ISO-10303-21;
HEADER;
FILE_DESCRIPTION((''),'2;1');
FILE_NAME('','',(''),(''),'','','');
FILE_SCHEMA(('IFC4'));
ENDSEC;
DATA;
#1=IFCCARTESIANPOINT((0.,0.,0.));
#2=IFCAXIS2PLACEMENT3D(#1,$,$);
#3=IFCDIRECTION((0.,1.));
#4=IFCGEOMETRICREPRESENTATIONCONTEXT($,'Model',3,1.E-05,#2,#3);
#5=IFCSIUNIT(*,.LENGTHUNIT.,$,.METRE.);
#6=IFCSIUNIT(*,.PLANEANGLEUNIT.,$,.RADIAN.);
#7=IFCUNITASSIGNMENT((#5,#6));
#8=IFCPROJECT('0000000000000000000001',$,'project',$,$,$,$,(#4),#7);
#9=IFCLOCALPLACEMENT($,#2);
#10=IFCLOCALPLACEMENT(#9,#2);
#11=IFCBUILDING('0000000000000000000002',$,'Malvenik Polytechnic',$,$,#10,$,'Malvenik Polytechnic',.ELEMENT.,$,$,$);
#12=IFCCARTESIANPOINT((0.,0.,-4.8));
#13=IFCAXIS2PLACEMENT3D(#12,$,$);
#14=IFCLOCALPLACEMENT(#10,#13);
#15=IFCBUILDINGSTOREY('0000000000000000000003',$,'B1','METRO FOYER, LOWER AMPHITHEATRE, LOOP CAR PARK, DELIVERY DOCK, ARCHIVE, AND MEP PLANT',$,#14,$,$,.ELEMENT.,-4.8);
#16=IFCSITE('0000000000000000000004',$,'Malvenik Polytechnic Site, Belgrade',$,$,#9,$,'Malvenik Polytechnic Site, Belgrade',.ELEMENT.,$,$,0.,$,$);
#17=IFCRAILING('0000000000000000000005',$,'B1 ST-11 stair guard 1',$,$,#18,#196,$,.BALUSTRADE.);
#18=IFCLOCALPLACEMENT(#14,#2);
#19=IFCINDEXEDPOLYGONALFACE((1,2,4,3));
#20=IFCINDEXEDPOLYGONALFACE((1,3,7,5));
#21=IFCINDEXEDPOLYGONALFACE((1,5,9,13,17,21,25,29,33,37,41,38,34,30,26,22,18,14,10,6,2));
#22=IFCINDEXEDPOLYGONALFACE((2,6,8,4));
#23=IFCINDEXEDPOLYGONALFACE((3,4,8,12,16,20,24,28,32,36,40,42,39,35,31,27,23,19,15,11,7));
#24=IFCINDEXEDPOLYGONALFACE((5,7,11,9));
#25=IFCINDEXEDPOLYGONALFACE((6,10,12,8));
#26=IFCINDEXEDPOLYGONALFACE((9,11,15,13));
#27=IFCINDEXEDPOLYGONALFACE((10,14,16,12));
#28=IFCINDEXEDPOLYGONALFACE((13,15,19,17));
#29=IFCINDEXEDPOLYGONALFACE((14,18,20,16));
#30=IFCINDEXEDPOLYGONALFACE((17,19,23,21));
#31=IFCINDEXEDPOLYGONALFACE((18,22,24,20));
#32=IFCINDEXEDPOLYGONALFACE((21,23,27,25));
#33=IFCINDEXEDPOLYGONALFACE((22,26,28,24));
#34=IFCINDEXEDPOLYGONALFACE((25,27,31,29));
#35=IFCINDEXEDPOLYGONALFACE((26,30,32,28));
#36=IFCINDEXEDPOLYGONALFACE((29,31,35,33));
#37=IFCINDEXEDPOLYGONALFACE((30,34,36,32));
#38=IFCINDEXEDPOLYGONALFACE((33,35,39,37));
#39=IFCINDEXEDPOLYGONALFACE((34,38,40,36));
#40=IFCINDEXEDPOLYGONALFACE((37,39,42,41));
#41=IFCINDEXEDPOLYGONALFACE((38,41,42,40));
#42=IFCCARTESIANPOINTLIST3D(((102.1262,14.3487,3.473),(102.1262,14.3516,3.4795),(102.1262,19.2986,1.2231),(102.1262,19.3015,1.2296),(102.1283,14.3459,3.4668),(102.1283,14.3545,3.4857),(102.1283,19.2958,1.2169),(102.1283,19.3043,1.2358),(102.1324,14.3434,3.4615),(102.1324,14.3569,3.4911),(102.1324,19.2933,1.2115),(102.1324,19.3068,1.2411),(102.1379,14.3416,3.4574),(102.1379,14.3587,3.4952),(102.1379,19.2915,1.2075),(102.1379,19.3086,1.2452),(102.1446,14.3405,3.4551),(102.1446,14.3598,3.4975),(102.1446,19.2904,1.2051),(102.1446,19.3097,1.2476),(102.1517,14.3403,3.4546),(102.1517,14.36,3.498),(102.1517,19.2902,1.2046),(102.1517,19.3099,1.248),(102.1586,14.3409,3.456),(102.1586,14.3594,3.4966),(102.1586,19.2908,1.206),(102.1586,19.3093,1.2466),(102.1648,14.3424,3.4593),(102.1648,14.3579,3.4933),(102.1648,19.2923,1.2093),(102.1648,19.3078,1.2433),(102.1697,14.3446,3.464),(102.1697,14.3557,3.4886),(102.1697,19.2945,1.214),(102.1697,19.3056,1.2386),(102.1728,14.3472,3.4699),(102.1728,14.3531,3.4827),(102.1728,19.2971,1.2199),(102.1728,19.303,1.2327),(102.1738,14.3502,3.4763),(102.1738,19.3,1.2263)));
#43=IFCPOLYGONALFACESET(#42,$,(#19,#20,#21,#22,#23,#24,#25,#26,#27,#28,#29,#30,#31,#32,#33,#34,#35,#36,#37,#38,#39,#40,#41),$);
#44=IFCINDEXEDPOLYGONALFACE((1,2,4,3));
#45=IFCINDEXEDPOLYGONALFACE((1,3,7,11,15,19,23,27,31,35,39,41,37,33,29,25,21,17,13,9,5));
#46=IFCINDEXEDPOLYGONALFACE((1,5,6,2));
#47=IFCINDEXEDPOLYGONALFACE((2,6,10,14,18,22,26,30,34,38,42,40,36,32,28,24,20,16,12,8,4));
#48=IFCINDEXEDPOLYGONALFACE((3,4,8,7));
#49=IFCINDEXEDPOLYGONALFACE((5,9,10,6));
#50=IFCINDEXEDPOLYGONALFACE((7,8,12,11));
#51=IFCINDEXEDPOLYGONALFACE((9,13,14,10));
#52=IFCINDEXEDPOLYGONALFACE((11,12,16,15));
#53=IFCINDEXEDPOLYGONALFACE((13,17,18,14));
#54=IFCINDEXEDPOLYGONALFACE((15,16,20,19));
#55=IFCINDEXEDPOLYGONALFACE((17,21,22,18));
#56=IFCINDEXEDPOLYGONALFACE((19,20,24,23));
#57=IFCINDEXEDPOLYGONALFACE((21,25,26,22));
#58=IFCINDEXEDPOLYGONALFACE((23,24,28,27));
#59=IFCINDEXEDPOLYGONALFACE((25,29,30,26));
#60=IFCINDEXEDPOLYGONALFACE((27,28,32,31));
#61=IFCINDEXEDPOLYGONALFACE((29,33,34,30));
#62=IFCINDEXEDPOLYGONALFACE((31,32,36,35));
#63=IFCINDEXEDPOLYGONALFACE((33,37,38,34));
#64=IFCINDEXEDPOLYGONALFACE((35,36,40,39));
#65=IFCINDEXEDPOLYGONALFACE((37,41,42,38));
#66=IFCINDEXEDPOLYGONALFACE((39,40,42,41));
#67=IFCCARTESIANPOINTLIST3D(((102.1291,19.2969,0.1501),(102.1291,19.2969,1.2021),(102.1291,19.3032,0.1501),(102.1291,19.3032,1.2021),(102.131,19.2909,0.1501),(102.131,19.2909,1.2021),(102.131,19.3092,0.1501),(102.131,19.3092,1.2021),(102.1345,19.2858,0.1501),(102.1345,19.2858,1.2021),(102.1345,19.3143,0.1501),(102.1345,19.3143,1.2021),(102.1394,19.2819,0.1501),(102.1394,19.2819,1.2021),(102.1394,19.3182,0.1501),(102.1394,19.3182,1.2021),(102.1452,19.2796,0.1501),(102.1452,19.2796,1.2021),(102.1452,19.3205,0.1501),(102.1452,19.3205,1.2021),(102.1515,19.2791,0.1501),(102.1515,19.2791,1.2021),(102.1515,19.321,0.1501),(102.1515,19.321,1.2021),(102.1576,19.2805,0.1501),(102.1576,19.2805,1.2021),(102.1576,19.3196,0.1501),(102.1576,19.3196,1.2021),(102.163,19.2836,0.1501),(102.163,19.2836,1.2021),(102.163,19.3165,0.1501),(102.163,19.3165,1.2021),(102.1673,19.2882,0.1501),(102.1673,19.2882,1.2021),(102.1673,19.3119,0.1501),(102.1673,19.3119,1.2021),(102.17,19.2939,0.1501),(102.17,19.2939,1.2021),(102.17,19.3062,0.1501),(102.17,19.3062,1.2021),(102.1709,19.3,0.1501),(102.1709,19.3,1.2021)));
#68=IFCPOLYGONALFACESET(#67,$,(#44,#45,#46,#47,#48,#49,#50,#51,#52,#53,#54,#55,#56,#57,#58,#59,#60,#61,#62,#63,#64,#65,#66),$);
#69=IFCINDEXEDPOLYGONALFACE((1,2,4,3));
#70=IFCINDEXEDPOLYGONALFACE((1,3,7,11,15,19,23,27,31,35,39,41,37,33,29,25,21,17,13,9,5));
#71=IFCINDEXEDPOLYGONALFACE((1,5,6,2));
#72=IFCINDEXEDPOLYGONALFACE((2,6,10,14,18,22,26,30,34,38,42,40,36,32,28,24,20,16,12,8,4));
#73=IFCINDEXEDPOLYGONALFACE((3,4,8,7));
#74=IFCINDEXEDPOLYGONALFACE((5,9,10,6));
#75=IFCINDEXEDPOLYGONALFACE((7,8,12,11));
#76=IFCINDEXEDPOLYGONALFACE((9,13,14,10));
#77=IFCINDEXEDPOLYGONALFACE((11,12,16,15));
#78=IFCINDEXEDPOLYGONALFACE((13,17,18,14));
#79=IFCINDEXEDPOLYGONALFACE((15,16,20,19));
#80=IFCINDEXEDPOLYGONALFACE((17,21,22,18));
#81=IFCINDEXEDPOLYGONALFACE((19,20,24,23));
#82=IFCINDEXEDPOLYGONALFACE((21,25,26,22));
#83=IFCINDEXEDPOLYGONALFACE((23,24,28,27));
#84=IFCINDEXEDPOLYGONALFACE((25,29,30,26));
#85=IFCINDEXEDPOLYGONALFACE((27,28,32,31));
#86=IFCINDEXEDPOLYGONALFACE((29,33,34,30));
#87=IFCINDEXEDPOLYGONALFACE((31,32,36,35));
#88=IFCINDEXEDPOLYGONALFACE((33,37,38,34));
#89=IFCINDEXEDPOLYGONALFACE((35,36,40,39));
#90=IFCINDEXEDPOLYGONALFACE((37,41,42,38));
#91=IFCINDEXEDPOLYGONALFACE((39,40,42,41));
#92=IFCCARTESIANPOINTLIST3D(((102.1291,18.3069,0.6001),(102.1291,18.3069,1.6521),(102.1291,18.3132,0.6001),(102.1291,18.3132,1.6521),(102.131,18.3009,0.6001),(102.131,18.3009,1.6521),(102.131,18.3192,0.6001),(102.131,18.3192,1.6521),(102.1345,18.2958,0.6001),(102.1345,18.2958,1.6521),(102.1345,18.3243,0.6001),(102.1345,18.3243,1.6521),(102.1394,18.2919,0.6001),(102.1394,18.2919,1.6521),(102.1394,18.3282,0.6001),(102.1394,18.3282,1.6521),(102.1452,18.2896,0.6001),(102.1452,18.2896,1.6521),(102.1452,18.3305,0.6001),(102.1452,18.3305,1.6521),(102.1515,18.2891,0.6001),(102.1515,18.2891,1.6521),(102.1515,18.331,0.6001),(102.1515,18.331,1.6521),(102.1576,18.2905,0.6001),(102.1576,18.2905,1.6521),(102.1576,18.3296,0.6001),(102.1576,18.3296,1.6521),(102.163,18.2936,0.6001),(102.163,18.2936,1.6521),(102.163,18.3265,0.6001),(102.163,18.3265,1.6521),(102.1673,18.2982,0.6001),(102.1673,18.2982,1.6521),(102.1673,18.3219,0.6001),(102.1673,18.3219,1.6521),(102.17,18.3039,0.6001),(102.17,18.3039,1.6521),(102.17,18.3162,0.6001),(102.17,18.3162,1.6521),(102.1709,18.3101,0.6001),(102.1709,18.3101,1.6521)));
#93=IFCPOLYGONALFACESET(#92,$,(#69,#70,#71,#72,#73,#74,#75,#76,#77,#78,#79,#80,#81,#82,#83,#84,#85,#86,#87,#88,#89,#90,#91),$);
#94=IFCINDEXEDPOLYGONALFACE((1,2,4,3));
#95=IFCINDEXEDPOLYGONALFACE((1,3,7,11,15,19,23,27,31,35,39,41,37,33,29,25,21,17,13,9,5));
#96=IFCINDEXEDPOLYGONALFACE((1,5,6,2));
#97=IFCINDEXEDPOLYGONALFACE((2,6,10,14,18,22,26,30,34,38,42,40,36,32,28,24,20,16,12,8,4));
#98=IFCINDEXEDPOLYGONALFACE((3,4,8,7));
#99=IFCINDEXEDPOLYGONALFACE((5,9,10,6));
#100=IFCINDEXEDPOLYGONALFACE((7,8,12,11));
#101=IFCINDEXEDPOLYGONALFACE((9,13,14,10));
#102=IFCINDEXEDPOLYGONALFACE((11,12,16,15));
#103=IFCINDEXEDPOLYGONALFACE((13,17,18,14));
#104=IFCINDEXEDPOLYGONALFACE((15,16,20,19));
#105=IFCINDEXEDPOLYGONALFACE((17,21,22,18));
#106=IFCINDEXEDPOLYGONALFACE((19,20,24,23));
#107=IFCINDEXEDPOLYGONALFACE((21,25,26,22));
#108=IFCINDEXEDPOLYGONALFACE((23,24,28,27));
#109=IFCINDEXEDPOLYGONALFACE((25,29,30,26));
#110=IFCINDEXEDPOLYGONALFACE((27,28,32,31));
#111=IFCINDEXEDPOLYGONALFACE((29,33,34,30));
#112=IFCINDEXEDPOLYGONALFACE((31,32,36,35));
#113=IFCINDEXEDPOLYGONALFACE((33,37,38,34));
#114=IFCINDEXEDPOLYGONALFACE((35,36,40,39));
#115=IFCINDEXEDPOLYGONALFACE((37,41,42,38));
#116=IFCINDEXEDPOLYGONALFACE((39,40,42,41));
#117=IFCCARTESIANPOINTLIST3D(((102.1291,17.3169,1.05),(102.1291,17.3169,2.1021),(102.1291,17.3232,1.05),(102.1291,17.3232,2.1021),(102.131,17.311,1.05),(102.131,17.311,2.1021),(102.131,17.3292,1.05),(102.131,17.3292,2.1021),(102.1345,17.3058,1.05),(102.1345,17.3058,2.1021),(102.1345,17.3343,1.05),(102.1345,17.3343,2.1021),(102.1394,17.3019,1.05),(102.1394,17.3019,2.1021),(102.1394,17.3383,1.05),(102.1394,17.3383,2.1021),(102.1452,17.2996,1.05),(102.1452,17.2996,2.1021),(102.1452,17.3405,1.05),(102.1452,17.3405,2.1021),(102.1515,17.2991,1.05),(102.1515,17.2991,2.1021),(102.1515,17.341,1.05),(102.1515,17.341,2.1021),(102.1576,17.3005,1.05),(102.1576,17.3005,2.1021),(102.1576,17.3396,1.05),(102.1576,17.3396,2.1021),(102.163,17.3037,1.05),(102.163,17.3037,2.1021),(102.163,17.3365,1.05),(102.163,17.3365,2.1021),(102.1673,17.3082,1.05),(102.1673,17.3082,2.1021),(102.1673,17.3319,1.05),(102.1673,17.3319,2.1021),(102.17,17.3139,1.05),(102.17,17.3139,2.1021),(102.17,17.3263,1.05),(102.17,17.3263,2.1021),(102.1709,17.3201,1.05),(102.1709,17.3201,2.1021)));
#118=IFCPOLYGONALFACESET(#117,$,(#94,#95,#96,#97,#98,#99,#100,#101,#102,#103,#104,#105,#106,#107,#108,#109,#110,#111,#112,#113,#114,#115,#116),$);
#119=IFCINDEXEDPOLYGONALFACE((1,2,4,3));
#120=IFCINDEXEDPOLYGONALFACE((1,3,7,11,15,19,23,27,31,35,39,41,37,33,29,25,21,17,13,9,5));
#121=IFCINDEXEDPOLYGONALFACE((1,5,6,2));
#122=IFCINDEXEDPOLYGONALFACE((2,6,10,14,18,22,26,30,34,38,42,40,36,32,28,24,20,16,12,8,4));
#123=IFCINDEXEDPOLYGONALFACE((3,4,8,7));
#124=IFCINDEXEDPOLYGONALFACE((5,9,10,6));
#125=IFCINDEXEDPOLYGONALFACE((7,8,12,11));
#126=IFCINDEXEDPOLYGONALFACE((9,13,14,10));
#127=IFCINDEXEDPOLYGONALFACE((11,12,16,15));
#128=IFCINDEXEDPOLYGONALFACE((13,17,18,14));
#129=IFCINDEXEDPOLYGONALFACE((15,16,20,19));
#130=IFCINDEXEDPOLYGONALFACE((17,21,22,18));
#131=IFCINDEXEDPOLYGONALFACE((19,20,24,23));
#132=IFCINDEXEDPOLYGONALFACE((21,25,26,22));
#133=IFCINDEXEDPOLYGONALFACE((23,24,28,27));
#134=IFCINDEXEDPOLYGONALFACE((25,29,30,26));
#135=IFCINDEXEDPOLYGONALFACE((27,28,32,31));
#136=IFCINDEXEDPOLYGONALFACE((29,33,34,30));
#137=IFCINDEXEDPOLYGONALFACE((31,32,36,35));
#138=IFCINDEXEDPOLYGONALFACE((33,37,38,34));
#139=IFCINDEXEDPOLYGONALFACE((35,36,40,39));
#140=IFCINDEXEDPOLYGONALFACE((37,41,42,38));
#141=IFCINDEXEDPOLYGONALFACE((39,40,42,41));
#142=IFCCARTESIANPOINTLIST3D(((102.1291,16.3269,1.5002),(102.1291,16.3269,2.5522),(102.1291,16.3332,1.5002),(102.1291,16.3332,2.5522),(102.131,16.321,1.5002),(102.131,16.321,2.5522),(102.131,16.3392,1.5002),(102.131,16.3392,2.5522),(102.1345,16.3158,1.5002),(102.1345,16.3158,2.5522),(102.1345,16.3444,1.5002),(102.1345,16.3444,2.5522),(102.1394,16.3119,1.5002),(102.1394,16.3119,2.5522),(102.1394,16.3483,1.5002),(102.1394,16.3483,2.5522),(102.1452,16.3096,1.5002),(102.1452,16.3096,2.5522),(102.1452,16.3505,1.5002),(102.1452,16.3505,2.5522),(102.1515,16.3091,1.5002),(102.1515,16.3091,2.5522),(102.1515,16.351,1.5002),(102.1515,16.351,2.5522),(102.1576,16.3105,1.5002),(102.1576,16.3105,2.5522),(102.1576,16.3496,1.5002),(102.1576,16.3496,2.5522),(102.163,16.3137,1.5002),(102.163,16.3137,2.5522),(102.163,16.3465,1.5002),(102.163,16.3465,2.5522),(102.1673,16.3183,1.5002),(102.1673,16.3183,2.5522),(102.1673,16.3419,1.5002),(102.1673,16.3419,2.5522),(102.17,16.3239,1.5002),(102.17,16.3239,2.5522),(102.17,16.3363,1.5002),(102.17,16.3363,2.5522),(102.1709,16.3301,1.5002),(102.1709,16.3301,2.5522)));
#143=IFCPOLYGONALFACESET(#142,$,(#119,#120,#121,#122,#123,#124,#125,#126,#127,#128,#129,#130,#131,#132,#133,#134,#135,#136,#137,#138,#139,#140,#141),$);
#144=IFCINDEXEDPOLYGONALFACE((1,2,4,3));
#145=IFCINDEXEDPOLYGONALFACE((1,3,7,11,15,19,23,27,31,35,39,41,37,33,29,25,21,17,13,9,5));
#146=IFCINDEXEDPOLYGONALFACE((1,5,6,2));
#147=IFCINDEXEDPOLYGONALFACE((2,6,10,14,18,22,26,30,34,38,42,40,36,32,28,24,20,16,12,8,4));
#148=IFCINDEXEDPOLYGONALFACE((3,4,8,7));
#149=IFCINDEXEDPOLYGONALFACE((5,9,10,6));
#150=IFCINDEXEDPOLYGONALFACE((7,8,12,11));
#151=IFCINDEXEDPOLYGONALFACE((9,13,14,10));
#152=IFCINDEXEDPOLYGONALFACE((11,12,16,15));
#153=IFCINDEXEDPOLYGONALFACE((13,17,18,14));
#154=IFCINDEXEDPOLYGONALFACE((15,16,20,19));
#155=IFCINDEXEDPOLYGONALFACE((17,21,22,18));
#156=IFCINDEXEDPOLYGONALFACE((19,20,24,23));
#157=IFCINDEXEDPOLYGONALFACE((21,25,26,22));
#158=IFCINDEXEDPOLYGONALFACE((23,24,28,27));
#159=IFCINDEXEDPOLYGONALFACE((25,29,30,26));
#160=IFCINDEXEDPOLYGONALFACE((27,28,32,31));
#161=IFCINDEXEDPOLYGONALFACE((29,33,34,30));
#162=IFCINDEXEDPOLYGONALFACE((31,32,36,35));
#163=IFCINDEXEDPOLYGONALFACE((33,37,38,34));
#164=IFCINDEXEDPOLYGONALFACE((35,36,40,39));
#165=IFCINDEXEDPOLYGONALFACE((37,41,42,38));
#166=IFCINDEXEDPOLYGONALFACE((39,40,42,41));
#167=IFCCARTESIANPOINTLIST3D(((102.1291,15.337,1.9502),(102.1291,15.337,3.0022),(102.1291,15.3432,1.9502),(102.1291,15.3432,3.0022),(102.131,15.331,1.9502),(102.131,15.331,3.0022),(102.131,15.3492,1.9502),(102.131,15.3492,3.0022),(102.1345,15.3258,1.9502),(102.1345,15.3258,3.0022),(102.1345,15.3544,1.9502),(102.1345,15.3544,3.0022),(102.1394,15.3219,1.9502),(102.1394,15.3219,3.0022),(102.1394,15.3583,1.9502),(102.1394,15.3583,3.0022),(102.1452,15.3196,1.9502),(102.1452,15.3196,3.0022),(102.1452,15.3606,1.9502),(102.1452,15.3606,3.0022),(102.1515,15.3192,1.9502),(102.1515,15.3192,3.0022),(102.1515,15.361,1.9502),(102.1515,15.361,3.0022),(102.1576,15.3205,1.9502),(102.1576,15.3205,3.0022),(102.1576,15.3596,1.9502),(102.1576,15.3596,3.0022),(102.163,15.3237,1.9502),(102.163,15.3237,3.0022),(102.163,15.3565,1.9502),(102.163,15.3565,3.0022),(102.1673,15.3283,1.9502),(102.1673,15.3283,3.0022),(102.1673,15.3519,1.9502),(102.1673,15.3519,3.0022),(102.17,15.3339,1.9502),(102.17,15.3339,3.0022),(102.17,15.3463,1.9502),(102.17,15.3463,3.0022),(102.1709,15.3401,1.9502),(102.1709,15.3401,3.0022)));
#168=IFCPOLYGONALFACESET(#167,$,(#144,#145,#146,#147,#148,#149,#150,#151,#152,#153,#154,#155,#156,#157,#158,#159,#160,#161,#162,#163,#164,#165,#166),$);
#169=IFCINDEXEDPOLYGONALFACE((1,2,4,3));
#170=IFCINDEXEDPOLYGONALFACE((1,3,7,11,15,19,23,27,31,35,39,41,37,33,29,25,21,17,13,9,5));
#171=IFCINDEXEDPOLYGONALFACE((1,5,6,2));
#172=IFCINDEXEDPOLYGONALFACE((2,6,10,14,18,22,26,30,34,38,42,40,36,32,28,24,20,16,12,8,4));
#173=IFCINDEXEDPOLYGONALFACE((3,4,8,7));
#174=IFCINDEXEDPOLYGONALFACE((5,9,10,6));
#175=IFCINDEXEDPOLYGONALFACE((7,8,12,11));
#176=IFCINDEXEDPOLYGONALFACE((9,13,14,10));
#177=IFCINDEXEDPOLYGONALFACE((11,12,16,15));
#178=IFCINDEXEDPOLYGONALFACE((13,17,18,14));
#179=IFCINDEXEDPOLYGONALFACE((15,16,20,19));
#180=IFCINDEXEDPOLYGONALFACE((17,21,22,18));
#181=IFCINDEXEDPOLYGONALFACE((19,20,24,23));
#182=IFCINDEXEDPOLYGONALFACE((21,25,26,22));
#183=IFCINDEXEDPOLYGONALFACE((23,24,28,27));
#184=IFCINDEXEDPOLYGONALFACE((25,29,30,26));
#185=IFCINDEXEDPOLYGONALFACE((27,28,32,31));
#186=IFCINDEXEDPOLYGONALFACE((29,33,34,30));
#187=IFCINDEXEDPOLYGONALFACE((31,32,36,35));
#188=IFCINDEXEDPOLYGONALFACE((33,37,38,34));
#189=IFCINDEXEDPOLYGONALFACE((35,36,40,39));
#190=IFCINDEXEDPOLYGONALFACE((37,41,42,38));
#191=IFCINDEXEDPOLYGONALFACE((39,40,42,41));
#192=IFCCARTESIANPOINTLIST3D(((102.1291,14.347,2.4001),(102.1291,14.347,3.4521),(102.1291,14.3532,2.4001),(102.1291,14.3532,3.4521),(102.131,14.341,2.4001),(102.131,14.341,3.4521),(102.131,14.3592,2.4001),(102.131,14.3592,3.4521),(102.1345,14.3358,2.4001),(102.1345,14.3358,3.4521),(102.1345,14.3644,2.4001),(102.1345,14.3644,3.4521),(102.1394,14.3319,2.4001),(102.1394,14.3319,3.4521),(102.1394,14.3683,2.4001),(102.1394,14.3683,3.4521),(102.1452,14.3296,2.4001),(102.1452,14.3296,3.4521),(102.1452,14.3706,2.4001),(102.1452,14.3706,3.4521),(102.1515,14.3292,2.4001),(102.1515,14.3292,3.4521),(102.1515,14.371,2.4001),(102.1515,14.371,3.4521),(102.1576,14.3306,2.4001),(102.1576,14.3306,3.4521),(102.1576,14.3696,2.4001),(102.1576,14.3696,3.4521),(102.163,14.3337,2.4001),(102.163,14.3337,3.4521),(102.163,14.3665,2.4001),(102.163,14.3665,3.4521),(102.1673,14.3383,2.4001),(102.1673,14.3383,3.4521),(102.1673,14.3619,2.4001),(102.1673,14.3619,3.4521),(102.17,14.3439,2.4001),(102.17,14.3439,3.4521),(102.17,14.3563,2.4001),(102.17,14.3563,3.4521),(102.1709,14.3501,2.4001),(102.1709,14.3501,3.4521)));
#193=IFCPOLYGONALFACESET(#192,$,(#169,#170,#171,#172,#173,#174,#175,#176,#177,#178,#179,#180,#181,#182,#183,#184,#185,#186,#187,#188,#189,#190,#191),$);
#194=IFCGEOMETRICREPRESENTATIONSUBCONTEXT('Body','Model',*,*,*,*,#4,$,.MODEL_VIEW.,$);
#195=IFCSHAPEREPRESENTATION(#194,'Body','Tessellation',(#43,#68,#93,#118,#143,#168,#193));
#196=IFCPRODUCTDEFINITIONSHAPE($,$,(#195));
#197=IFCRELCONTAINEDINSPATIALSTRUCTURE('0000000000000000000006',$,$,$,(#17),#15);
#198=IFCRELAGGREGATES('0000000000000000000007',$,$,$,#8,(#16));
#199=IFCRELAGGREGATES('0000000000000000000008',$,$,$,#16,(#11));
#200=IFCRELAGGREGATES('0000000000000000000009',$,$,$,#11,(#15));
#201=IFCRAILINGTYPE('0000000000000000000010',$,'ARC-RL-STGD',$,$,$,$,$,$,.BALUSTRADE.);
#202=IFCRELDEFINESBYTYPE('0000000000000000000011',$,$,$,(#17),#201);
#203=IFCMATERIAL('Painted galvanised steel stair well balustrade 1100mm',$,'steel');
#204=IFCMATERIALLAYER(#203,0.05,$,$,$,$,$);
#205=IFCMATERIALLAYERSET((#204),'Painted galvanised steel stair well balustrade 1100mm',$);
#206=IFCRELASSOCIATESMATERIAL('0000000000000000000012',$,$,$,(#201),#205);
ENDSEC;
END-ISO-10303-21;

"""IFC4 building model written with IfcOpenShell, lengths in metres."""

from ifc_helpers import new_model, si_unit, direction, frame, origin, origin_2d, place, context, subcontext, project, spatial, circle, extrude, material, layer, layer_set, type_object, element, save


model = new_model("IFC4")

# Units and contexts
model_context = context("Model", 3, precision=1e-05, world=origin(), true_north=direction((0.0, 1.0)))
body_context = subcontext(model_context, "Body", "Model", "MODEL_VIEW")
ifc_project = project(units=[si_unit("LENGTHUNIT", "METRE"), si_unit("PLANEANGLEUNIT", "RADIAN")], contexts=[model_context])

# Site, building, storey
site_placement = place(None, origin())
site = spatial("IfcSite", under=ifc_project, at=site_placement, Name="Malvenik Polytechnic Site, Belgrade", LongName="Malvenik Polytechnic Site, Belgrade", CompositionType="ELEMENT", RefElevation=0.0)
building_placement = place(site_placement, origin())
building = spatial("IfcBuilding", under=site, at=building_placement, Name="Malvenik Polytechnic", LongName="Malvenik Polytechnic", CompositionType="ELEMENT")
storey_placement = place(building_placement, frame((0.0, 0.0, -4.8)))
storey = spatial("IfcBuildingStorey", under=building, at=storey_placement, Name="B1", Description="METRO FOYER, LOWER AMPHITHEATRE, LOOP CAR PARK, DELIVERY DOCK, ARCHIVE, AND MEP PLANT", CompositionType="ELEMENT", Elevation=-4.8)

# Railing
ifc_material_1 = material(Name="Painted galvanised steel stair well balustrade 1100mm", Category="steel")
ifc_layer_1 = layer(ifc_material_1, 0.05)
ifc_layer_set_1 = layer_set([ifc_layer_1], Name="Painted galvanised steel stair well balustrade 1100mm")
railing_type_1 = type_object("IfcRailingType", Name="ARC-RL-STGD", PredefinedType="BALUSTRADE", material=ifc_layer_set_1)
railing_1_placement = place(storey_placement, frame((102.1499, 19.3, 0.1501)))
element("IfcRailing", 1, at=railing_1_placement, inside=storey, type_object=railing_type_1, Name="B1 ST-11 stair guard 1", PredefinedType="BALUSTRADE", context=body_context, shape_type="SweptSolid", body=[
    extrude(circle(Radius=0.0239, at=origin_2d()), frame((0.0, 0.0, 1.0762), z_axis=(0.0, -0.910365, 0.413806), x_axis=(1.0, 0.0, 0.0)), (0.0, 0.0, 1.0), 5.4373),
    extrude(circle(Radius=0.021, at=origin_2d()), origin(), (0.0, 0.0, 1.0), 1.052),
    extrude(circle(Radius=0.021, at=origin_2d()), frame((0.0, -0.99, 0.45)), (0.0, 0.0, 1.0), 1.052),
    extrude(circle(Radius=0.021, at=origin_2d()), frame((0.0, -1.98, 0.8999)), (0.0, 0.0, 1.0), 1.052),
    extrude(circle(Radius=0.021, at=origin_2d()), frame((0.0, -2.97, 1.3501)), (0.0, 0.0, 1.0), 1.052),
    extrude(circle(Radius=0.021, at=origin_2d()), frame((0.0, -3.96, 1.8)), (0.0, 0.0, 1.0), 1.052),
    extrude(circle(Radius=0.021, at=origin_2d()), frame((0.0, -4.95, 2.25)), (0.0, 0.0, 1.0), 1.052),
])

save(model, "model.ifc")
